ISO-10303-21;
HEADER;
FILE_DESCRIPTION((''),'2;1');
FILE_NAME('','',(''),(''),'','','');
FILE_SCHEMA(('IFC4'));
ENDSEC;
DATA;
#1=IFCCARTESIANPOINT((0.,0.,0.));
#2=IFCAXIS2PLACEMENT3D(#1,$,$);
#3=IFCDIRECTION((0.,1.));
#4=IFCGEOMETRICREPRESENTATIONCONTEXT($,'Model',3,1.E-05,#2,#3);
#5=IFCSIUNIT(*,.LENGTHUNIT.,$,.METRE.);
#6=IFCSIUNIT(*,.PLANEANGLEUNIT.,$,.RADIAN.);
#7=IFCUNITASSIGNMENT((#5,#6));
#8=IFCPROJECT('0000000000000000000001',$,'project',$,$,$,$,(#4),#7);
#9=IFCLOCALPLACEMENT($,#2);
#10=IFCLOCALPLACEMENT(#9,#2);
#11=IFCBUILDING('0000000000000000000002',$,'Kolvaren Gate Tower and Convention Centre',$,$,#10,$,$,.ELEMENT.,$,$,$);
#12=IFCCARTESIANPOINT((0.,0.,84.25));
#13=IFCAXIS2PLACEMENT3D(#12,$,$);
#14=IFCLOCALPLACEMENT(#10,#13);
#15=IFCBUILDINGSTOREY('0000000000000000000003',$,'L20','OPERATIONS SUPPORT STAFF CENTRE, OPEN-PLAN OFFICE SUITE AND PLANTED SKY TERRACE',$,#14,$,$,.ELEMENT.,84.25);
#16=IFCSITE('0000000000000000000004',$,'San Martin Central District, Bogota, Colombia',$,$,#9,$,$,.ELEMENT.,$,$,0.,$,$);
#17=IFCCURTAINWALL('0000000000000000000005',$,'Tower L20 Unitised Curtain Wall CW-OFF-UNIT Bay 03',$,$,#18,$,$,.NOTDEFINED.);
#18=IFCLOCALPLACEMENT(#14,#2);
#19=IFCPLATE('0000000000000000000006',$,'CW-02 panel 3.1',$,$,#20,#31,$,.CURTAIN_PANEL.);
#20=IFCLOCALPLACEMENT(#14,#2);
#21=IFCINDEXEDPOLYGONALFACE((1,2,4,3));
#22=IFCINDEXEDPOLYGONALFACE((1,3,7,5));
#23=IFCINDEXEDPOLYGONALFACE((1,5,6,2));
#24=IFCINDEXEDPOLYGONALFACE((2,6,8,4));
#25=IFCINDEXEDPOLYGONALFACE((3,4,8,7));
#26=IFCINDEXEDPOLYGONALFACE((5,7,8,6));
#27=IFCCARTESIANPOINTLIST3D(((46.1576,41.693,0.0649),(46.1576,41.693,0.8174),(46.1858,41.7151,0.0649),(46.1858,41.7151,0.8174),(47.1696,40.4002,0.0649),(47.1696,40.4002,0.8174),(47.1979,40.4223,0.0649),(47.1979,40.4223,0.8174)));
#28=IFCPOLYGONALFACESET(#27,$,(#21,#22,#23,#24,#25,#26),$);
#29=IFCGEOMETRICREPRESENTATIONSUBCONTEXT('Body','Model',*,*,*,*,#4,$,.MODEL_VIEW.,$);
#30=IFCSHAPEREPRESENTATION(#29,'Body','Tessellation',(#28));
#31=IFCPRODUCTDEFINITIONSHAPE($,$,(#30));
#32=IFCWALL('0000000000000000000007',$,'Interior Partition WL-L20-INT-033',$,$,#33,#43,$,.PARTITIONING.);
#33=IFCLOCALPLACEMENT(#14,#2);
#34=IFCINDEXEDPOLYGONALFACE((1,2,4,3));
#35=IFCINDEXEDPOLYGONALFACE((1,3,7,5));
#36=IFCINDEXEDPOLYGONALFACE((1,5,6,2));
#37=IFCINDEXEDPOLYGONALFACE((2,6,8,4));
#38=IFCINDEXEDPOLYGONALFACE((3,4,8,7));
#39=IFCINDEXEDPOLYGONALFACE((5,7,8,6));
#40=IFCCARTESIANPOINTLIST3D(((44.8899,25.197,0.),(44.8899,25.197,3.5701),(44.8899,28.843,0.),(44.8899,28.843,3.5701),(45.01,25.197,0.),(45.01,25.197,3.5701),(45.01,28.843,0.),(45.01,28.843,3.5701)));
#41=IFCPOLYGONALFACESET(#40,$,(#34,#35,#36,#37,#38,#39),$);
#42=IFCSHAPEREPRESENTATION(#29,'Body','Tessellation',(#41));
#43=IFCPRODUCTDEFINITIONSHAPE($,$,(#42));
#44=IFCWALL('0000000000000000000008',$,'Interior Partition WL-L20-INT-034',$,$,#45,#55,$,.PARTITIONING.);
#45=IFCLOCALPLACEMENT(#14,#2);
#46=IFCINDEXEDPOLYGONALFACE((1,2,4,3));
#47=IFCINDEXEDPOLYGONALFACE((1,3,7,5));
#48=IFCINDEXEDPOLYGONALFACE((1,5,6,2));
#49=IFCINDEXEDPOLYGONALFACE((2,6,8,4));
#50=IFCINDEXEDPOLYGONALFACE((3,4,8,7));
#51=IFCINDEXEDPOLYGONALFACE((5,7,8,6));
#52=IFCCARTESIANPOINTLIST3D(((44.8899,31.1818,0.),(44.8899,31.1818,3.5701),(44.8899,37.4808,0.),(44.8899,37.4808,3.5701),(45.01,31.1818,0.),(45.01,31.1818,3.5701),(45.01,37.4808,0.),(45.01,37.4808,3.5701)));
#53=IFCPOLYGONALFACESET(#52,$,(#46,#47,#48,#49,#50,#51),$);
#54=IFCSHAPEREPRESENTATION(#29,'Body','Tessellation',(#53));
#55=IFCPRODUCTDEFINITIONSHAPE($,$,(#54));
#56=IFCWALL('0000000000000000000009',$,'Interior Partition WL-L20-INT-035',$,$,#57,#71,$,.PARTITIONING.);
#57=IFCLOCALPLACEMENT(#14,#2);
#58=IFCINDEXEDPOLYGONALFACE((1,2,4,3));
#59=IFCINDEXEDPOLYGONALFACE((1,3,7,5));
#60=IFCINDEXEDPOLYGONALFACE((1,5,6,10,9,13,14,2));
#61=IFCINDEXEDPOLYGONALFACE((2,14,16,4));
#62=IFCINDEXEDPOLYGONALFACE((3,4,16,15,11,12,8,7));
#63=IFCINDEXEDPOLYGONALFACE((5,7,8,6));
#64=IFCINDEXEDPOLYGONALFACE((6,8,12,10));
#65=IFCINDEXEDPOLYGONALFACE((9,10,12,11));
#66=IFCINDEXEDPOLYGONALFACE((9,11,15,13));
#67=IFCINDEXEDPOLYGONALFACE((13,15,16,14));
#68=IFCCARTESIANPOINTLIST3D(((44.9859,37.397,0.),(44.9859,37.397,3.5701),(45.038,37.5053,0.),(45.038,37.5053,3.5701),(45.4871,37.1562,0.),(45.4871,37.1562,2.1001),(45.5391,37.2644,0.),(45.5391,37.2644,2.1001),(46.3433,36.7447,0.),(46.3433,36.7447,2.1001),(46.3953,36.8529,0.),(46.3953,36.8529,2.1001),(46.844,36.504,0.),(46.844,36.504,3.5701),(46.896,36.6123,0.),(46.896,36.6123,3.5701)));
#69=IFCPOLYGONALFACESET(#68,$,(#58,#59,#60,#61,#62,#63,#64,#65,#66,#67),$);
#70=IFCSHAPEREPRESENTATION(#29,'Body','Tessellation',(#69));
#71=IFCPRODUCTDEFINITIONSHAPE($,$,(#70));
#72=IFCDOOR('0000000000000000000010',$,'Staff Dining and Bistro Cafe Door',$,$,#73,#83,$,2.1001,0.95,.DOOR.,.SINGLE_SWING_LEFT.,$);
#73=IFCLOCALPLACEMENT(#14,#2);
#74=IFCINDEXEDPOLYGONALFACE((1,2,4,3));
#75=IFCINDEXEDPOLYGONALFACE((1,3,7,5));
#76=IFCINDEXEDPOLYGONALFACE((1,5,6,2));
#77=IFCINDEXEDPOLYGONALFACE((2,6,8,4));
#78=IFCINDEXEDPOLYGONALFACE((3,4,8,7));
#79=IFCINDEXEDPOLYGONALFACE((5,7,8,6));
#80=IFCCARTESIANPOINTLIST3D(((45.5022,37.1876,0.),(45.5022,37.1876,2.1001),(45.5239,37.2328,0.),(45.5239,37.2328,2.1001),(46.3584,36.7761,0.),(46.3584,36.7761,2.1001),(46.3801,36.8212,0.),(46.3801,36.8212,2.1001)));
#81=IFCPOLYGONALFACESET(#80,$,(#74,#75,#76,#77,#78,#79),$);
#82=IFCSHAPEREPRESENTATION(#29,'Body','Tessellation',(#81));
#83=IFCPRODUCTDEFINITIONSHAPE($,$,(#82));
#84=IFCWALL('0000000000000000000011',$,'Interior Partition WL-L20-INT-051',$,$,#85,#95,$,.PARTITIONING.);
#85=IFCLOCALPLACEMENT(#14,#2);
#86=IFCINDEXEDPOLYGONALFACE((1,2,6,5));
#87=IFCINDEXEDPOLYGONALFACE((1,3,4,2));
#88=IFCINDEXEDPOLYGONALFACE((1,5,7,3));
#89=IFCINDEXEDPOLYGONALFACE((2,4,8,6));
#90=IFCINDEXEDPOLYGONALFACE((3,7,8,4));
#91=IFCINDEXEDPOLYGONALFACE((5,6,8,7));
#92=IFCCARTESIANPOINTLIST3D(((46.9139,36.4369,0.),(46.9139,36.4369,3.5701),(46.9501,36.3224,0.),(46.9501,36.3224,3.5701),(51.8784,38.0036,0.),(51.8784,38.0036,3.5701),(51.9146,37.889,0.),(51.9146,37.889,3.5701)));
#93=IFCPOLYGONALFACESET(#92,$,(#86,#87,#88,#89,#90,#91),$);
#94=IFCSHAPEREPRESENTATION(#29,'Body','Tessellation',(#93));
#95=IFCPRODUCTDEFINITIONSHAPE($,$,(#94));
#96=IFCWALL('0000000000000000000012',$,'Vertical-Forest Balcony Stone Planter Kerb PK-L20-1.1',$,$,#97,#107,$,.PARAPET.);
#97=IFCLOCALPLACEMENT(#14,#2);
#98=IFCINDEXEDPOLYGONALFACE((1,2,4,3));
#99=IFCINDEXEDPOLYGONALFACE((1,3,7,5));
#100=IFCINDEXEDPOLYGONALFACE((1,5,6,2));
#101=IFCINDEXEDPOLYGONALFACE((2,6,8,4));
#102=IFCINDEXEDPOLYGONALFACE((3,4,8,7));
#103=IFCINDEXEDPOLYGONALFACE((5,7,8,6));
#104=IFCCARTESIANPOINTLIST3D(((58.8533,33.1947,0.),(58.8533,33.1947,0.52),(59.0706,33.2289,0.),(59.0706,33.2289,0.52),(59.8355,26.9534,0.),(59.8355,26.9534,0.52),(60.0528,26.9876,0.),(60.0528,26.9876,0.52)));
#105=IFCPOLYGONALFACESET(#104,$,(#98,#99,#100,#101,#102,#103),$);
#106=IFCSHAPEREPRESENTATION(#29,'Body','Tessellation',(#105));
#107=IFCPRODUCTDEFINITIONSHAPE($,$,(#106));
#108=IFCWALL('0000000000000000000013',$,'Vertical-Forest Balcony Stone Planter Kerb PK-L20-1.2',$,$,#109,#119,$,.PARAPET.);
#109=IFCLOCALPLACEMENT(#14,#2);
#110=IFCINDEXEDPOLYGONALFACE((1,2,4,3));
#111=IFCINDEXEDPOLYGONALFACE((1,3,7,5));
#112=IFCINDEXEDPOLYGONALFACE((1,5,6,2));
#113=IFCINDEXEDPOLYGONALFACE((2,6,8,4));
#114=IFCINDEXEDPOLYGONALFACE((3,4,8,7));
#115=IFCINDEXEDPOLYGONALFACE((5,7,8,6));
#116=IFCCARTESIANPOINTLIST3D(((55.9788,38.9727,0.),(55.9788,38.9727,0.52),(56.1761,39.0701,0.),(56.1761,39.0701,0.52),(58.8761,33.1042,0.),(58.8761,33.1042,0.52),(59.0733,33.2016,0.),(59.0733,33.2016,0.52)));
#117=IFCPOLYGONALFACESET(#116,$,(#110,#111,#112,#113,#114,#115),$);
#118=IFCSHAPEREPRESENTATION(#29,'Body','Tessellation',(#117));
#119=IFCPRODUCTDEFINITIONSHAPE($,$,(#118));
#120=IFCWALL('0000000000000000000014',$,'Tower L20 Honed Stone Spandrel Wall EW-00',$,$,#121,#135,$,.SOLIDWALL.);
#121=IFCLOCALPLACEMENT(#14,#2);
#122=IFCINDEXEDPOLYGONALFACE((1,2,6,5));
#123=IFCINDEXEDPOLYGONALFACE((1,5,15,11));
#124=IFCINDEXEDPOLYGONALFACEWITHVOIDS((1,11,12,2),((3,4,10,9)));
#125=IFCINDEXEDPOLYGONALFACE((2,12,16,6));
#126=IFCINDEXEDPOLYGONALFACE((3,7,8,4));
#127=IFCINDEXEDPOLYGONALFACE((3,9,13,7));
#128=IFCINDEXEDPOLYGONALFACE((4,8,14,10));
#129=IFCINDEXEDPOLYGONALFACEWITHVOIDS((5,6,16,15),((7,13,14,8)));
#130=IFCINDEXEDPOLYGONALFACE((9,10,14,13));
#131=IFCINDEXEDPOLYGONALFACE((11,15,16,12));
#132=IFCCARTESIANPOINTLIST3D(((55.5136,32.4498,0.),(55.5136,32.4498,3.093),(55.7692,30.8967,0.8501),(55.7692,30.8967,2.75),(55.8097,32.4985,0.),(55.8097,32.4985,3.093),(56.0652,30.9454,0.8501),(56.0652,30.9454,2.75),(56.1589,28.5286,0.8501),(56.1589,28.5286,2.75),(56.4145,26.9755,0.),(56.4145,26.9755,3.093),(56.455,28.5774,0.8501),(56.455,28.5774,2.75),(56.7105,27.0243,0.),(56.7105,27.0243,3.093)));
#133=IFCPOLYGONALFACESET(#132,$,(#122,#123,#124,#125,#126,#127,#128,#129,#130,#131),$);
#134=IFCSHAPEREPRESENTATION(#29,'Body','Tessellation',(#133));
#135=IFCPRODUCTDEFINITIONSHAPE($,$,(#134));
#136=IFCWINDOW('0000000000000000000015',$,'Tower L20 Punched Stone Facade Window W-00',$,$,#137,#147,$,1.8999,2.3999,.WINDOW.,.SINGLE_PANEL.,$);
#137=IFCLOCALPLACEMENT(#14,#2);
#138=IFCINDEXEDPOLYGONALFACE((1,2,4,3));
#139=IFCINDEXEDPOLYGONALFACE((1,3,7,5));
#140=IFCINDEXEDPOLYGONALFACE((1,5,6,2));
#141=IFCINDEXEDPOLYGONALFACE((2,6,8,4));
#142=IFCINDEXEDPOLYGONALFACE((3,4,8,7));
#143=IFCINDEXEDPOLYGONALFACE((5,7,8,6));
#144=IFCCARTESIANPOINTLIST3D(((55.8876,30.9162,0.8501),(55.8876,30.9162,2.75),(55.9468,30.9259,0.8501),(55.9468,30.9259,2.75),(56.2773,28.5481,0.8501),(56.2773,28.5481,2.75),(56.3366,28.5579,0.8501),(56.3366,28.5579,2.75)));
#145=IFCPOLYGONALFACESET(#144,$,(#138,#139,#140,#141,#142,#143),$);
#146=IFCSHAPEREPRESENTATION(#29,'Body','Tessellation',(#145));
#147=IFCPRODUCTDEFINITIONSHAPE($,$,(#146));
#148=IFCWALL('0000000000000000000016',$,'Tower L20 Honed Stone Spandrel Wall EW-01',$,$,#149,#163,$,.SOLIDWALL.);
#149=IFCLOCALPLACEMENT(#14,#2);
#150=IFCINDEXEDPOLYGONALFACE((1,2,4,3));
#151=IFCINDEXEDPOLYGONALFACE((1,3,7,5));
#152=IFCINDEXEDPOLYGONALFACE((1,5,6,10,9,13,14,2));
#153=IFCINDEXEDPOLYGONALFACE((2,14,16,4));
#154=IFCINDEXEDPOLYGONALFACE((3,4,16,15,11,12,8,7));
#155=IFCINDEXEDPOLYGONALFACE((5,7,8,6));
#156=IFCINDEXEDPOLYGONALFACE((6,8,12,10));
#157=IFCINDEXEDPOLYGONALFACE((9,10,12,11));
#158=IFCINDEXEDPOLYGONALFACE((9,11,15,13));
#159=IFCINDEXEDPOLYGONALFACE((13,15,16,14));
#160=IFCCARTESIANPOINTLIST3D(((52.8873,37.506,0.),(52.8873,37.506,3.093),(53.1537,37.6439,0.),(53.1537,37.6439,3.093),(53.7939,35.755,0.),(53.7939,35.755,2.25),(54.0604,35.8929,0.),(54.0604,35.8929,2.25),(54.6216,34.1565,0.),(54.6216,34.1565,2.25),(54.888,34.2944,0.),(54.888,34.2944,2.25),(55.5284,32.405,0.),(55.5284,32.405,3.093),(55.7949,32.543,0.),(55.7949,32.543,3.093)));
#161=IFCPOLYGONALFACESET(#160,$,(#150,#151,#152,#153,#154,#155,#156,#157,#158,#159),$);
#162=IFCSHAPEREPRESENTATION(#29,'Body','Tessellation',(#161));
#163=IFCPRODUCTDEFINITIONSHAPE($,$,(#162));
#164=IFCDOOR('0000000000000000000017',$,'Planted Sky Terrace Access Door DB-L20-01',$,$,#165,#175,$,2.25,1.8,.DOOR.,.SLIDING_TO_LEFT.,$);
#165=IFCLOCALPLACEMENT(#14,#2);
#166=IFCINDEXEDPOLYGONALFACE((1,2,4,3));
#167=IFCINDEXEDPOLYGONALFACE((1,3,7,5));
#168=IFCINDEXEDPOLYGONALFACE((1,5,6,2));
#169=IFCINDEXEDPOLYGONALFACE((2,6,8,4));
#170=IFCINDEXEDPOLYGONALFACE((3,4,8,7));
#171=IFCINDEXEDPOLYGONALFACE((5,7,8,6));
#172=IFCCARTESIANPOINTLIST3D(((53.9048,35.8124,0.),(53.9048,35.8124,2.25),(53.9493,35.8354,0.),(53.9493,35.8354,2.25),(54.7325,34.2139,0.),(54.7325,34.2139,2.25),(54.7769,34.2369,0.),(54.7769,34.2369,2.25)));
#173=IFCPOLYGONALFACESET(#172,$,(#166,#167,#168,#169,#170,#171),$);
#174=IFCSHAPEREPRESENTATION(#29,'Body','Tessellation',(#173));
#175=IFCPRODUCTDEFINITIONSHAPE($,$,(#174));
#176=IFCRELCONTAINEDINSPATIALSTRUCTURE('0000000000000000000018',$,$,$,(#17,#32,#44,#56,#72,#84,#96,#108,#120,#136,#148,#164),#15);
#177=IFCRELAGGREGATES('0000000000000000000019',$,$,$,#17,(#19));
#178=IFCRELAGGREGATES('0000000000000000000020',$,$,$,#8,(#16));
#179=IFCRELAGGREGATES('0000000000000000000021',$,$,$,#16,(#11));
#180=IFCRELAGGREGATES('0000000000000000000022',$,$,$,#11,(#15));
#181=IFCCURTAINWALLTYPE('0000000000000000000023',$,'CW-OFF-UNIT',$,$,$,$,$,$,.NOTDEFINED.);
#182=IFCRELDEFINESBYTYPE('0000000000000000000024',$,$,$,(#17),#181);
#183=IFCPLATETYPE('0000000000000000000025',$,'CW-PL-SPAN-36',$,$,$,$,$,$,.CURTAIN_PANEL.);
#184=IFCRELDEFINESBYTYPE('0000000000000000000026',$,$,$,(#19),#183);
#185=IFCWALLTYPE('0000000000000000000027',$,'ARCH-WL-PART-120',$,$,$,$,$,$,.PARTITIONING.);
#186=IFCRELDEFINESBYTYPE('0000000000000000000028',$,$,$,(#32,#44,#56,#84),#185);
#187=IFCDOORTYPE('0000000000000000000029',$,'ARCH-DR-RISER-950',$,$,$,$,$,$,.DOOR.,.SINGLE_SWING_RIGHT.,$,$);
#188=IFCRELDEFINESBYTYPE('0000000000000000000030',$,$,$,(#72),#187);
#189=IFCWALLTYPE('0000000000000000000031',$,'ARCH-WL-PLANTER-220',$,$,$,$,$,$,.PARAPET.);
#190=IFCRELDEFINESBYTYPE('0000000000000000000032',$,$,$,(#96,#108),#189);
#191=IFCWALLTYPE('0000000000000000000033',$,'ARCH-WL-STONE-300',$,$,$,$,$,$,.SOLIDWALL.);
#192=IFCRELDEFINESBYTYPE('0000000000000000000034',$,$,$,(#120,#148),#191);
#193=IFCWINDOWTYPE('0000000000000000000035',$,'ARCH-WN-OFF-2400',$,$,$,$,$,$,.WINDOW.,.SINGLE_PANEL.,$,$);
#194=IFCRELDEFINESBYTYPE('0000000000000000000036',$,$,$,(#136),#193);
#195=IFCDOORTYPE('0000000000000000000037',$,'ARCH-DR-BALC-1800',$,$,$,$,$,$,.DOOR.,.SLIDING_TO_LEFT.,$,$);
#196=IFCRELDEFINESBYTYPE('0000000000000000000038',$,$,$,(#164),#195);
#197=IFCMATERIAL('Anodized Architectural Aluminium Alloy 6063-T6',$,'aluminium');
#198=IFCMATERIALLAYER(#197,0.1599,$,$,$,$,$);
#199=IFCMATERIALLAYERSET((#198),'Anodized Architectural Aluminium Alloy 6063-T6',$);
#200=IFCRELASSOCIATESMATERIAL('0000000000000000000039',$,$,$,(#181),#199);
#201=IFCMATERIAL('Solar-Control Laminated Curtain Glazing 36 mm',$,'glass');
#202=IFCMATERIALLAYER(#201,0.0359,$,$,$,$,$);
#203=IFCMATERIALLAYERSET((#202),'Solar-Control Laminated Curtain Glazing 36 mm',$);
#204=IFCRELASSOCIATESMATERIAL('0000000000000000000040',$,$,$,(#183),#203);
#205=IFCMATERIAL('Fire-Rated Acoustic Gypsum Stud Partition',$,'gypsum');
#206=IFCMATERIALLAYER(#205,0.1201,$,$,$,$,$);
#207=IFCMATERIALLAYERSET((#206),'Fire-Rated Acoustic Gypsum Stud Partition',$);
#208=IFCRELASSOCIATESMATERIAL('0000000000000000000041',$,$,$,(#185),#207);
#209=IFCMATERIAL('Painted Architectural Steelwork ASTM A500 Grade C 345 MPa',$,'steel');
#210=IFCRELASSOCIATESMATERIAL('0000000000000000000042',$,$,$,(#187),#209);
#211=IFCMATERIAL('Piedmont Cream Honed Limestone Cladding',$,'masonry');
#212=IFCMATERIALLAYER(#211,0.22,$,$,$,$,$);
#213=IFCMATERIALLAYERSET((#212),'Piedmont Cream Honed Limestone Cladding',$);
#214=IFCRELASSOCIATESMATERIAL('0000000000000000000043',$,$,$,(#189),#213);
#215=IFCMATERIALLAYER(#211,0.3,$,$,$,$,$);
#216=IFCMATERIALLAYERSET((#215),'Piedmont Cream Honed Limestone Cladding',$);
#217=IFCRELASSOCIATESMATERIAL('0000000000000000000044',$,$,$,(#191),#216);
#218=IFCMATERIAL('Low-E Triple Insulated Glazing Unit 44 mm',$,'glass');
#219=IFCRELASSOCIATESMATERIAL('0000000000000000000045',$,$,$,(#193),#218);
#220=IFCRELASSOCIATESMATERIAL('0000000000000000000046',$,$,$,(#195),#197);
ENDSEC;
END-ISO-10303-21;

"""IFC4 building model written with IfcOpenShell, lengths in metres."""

from ifc_helpers import new_model, si_unit, direction, frame, frame_2d, origin, origin_2d, place, context, subcontext, project, spatial, rectangle, extrude, material, layer, layer_set, type_object, element, fill, aggregate, save


model = new_model("IFC4")

# Units and contexts
model_context = context("Model", 3, precision=1e-05, world=origin(), true_north=direction((0.0, 1.0)))
body_context = subcontext(model_context, "Body", "Model", "MODEL_VIEW")
ifc_project = project(units=[si_unit("LENGTHUNIT", "METRE"), si_unit("PLANEANGLEUNIT", "RADIAN")], contexts=[model_context])

# Site, building, storey
site_placement = place(None, origin())
site = spatial("IfcSite", under=ifc_project, at=site_placement, Name="San Martin Central District, Bogota, Colombia", CompositionType="ELEMENT", RefElevation=0.0)
building_placement = place(site_placement, origin())
building = spatial("IfcBuilding", under=site, at=building_placement, Name="Kolvaren Gate Tower and Convention Centre", CompositionType="ELEMENT")
storey_placement = place(building_placement, frame((0.0, 0.0, 84.25)))
storey = spatial("IfcBuildingStorey", under=building, at=storey_placement, Name="L20", Description="OPERATIONS SUPPORT STAFF CENTRE, OPEN-PLAN OFFICE SUITE AND PLANTED SKY TERRACE", CompositionType="ELEMENT", Elevation=84.25)

# Curtain wall
ifc_material_1 = material(Name="Anodized Architectural Aluminium Alloy 6063-T6", Category="aluminium")
ifc_layer_1 = layer(ifc_material_1, 0.1599)
ifc_layer_set_1 = layer_set([ifc_layer_1], Name="Anodized Architectural Aluminium Alloy 6063-T6")
curtain_wall_type = type_object("IfcCurtainWallType", Name="CW-OFF-UNIT", PredefinedType="NOTDEFINED", material=ifc_layer_set_1)
curtain_wall_placement = place(storey_placement, origin())
curtain_wall = element("IfcCurtainWall", 1, at=curtain_wall_placement, inside=storey, type_object=curtain_wall_type, Name="Tower L20 Unitised Curtain Wall CW-OFF-UNIT Bay 03", PredefinedType="NOTDEFINED")

# Plate
ifc_material_2 = material(Name="Low-E Triple Insulated Glazing Unit 44 mm", Category="glass")
ifc_material_3 = material(Name="Solar-Control Laminated Curtain Glazing 36 mm", Category="glass")
ifc_layer_2 = layer(ifc_material_3, 0.0359)
ifc_layer_set_2 = layer_set([ifc_layer_2], Name="Solar-Control Laminated Curtain Glazing 36 mm")
plate_type_1 = type_object("IfcPlateType", Name="CW-PL-SPAN-36", PredefinedType="CURTAIN_PANEL", material=ifc_layer_set_2)
plate_1_placement = place(storey_placement, frame((46.6777, 41.0576, 0.0649), z_axis=(0.0, 0.0, 1.0), x_axis=(0.616434, -0.787406, 0.0)))
plate_1 = element("IfcPlate", 2, at=plate_1_placement, type_object=plate_type_1, Name="CW-02 panel 3.1", PredefinedType="CURTAIN_PANEL", context=body_context, shape_type="SweptSolid", body=[
    extrude(rectangle(XDim=1.6418, YDim=0.0359, at=origin_2d()), origin(), (0.0, 0.0, 1.0), 0.7524),
])
aggregate(curtain_wall, [plate_1])

# Walls
ifc_material_4 = material(Name="Fire-Rated Acoustic Gypsum Stud Partition", Category="gypsum")
ifc_layer_3 = layer(ifc_material_4, 0.1201)
ifc_layer_set_3 = layer_set([ifc_layer_3], Name="Fire-Rated Acoustic Gypsum Stud Partition")
wall_type_1 = type_object("IfcWallType", Name="ARCH-WL-PART-120", PredefinedType="PARTITIONING", material=ifc_layer_set_3)
wall_1_placement = place(storey_placement, frame((44.95, 25.197, 0.0), z_axis=(0.0, 0.0, 1.0), x_axis=(0.0, 1.0, 0.0)))
element("IfcWall", 3, at=wall_1_placement, inside=storey, type_object=wall_type_1, Name="Interior Partition WL-L20-INT-033", PredefinedType="PARTITIONING", context=body_context, shape_type="SweptSolid", body=[
    extrude(rectangle(XDim=3.646, YDim=0.1201, at=frame_2d((1.823, 0.0))), origin(), (0.0, 0.0, 1.0), 3.5701),
])
wall_2_placement = place(storey_placement, frame((44.95, 31.1819, 0.0), z_axis=(0.0, 0.0, 1.0), x_axis=(0.0, 1.0, 0.0)))
element("IfcWall", 4, at=wall_2_placement, inside=storey, type_object=wall_type_1, Name="Interior Partition WL-L20-INT-034", PredefinedType="PARTITIONING", context=body_context, shape_type="SweptSolid", body=[
    extrude(rectangle(XDim=6.2991, YDim=0.1201, at=frame_2d((3.1494, 0.0))), origin(), (0.0, 0.0, 1.0), 3.5701),
])

# Wall, opening, door
wall_3_placement = place(storey_placement, frame((45.012, 37.4512, 0.0), z_axis=(0.0, 0.0, 1.0), x_axis=(0.901305, -0.433185, 0.0)))
wall_3 = element("IfcWall", 5, at=wall_3_placement, inside=storey, type_object=wall_type_1, Name="Interior Partition WL-L20-INT-035", PredefinedType="PARTITIONING", context=body_context, shape_type="SweptSolid", body=[
    extrude(rectangle(XDim=2.0615, YDim=0.1201, at=frame_2d((1.0308, 0.0))), origin(), (0.0, 0.0, 1.0), 3.5701),
])
opening_1_placement = place(wall_3_placement, frame((0.5559, 0.0, 0.0)))
opening_1 = element("IfcOpeningElement", 6, at=opening_1_placement, cuts=wall_3, PredefinedType="OPENING", context=body_context, shape_type="SweptSolid", body=[
    extrude(rectangle(XDim=0.95, YDim=2.1001, at=frame_2d((0.4751, 1.05))), frame((0.0, 0.0701, 0.0), z_axis=(0.0, -1.0, 0.0), x_axis=(1.0, 0.0, 0.0)), (0.0, 0.0, 1.0), 0.1401),
])
ifc_material_5 = material(Name="Painted Architectural Steelwork ASTM A500 Grade C 345 MPa", Category="steel")
door_type_1 = type_object("IfcDoorType", Name="ARCH-DR-RISER-950", OperationType="SINGLE_SWING_RIGHT", PredefinedType="DOOR", material=ifc_material_5)
door_1_placement = place(opening_1_placement, origin())
door_1 = element("IfcDoor", 7, at=door_1_placement, inside=storey, type_object=door_type_1, Name="Staff Dining and Bistro Cafe Door", OperationType="SINGLE_SWING_LEFT", OverallHeight=2.1001, OverallWidth=0.95, PredefinedType="DOOR", context=body_context, shape_type="SweptSolid", body=[
    extrude(rectangle(XDim=0.95, YDim=2.1001, at=frame_2d((0.4751, 1.05))), frame((0.0, 0.0249, 0.0), z_axis=(0.0, -1.0, 0.0), x_axis=(1.0, 0.0, 0.0)), (0.0, 0.0, 1.0), 0.05),
])
fill(opening_1, door_1)

# Walls
wall_4_placement = place(storey_placement, frame((46.9319, 36.3796, 0.0), z_axis=(0.0, 0.0, 1.0), x_axis=(0.953644, 0.300936, 0.0)))
element("IfcWall", 8, at=wall_4_placement, inside=storey, type_object=wall_type_1, Name="Interior Partition WL-L20-INT-051", PredefinedType="PARTITIONING", context=body_context, shape_type="SweptSolid", body=[
    extrude(rectangle(XDim=5.2058, YDim=0.1201, at=frame_2d((2.603, 0.0))), origin(), (0.0, 0.0, 1.0), 3.5701),
])
ifc_material_6 = material(Name="Piedmont Cream Honed Limestone Cladding", Category="masonry")
ifc_layer_4 = layer(ifc_material_6, 0.22)
ifc_layer_set_4 = layer_set([ifc_layer_4], Name="Piedmont Cream Honed Limestone Cladding")
wall_type_2 = type_object("IfcWallType", Name="ARCH-WL-PLANTER-220", PredefinedType="PARAPET", material=ifc_layer_set_4)
wall_5_placement = place(storey_placement, frame((58.9619, 33.2119, 0.0), z_axis=(0.0, 0.0, 1.0), x_axis=(0.155457, -0.987843, 0.0)))
element("IfcWall", 9, at=wall_5_placement, inside=storey, type_object=wall_type_2, Name="Vertical-Forest Balcony Stone Planter Kerb PK-L20-1.1", PredefinedType="PARAPET", context=body_context, shape_type="SweptSolid", body=[
    extrude(rectangle(XDim=6.3181, YDim=0.22, at=frame_2d((3.1592, 0.0))), origin(), (0.0, 0.0, 1.0), 0.52),
])
wall_6_placement = place(storey_placement, frame((56.0774, 39.0215, 0.0), z_axis=(0.0, 0.0, 1.0), x_axis=(0.442687, -0.896676, 0.0)))
element("IfcWall", 10, at=wall_6_placement, inside=storey, type_object=wall_type_2, Name="Vertical-Forest Balcony Stone Planter Kerb PK-L20-1.2", PredefinedType="PARAPET", context=body_context, shape_type="SweptSolid", body=[
    extrude(rectangle(XDim=6.5447, YDim=0.22, at=frame_2d((3.2725, 0.0))), origin(), (0.0, 0.0, 1.0), 0.52),
])

# Wall, opening, window
ifc_layer_5 = layer(ifc_material_6, 0.3)
ifc_layer_set_5 = layer_set([ifc_layer_5], Name="Piedmont Cream Honed Limestone Cladding")
wall_type_3 = type_object("IfcWallType", Name="ARCH-WL-STONE-300", PredefinedType="SOLIDWALL", material=ifc_layer_set_5)
wall_7_placement = place(storey_placement, frame((55.6616, 32.4741, 0.0), z_axis=(0.0, 0.0, 1.0), x_axis=(0.162386, -0.986727, 0.0)))
wall_7 = element("IfcWall", 11, at=wall_7_placement, inside=storey, type_object=wall_type_3, Name="Tower L20 Honed Stone Spandrel Wall EW-00", PredefinedType="SOLIDWALL", context=body_context, shape_type="SweptSolid", body=[
    extrude(rectangle(XDim=5.5479, YDim=0.3, at=frame_2d((2.7739, 0.0))), origin(), (0.0, 0.0, 1.0), 3.093),
])
opening_2_placement = place(wall_7_placement, frame((1.574, 0.0, 0.8501)))
opening_2 = element("IfcOpeningElement", 12, at=opening_2_placement, cuts=wall_7, PredefinedType="OPENING", context=body_context, shape_type="SweptSolid", body=[
    extrude(rectangle(XDim=2.3999, YDim=1.8999, at=frame_2d((1.2, 0.95))), frame((0.0, 0.1599, 0.0), z_axis=(0.0, -1.0, 0.0), x_axis=(1.0, 0.0, 0.0)), (0.0, 0.0, 1.0), 0.3201),
])
window_type = type_object("IfcWindowType", Name="ARCH-WN-OFF-2400", PartitioningType="SINGLE_PANEL", PredefinedType="WINDOW", material=ifc_material_2)
window_1_placement = place(opening_2_placement, origin())
window_1 = element("IfcWindow", 13, at=window_1_placement, inside=storey, type_object=window_type, Name="Tower L20 Punched Stone Facade Window W-00", OverallHeight=1.8999, OverallWidth=2.3999, PartitioningType="SINGLE_PANEL", PredefinedType="WINDOW", context=body_context, shape_type="SweptSolid", body=[
    extrude(rectangle(XDim=2.3999, YDim=1.8999, at=frame_2d((1.2, 0.95))), frame((0.0, 0.03, 0.0), z_axis=(0.0, -1.0, 0.0), x_axis=(1.0, 0.0, 0.0)), (0.0, 0.0, 1.0), 0.0601),
])
fill(opening_2, window_1)

# Wall, opening, door
wall_8_placement = place(storey_placement, frame((53.0205, 37.575, 0.0), z_axis=(0.0, 0.0, 1.0), x_axis=(0.459801, -0.888022, 0.0)))
wall_8 = element("IfcWall", 14, at=wall_8_placement, inside=storey, type_object=wall_type_3, Name="Tower L20 Honed Stone Spandrel Wall EW-01", PredefinedType="SOLIDWALL", context=body_context, shape_type="SweptSolid", body=[
    extrude(rectangle(XDim=5.7441, YDim=0.3, at=frame_2d((2.8721, 0.0))), origin(), (0.0, 0.0, 1.0), 3.093),
])
opening_3_placement = place(wall_8_placement, frame((1.9719, 0.0, 0.0)))
opening_3 = element("IfcOpeningElement", 15, at=opening_3_placement, cuts=wall_8, PredefinedType="OPENING", context=body_context, shape_type="SweptSolid", body=[
    extrude(rectangle(XDim=1.8, YDim=2.25, at=frame_2d((0.8999, 1.125))), frame((0.0, 0.1599, 0.0), z_axis=(0.0, -1.0, 0.0), x_axis=(1.0, 0.0, 0.0)), (0.0, 0.0, 1.0), 0.3201),
])
door_type_2 = type_object("IfcDoorType", Name="ARCH-DR-BALC-1800", OperationType="SLIDING_TO_LEFT", PredefinedType="DOOR", material=ifc_material_1)
door_2_placement = place(opening_3_placement, origin())
door_2 = element("IfcDoor", 16, at=door_2_placement, inside=storey, type_object=door_type_2, Name="Planted Sky Terrace Access Door DB-L20-01", OperationType="SLIDING_TO_LEFT", OverallHeight=2.25, OverallWidth=1.8, PredefinedType="DOOR", context=body_context, shape_type="SweptSolid", body=[
    extrude(rectangle(XDim=1.8, YDim=2.25, at=frame_2d((0.8999, 1.125))), frame((0.0, 0.0249, 0.0), z_axis=(0.0, -1.0, 0.0), x_axis=(1.0, 0.0, 0.0)), (0.0, 0.0, 1.0), 0.05),
])
fill(opening_3, door_2)

save(model, "model.ifc")
